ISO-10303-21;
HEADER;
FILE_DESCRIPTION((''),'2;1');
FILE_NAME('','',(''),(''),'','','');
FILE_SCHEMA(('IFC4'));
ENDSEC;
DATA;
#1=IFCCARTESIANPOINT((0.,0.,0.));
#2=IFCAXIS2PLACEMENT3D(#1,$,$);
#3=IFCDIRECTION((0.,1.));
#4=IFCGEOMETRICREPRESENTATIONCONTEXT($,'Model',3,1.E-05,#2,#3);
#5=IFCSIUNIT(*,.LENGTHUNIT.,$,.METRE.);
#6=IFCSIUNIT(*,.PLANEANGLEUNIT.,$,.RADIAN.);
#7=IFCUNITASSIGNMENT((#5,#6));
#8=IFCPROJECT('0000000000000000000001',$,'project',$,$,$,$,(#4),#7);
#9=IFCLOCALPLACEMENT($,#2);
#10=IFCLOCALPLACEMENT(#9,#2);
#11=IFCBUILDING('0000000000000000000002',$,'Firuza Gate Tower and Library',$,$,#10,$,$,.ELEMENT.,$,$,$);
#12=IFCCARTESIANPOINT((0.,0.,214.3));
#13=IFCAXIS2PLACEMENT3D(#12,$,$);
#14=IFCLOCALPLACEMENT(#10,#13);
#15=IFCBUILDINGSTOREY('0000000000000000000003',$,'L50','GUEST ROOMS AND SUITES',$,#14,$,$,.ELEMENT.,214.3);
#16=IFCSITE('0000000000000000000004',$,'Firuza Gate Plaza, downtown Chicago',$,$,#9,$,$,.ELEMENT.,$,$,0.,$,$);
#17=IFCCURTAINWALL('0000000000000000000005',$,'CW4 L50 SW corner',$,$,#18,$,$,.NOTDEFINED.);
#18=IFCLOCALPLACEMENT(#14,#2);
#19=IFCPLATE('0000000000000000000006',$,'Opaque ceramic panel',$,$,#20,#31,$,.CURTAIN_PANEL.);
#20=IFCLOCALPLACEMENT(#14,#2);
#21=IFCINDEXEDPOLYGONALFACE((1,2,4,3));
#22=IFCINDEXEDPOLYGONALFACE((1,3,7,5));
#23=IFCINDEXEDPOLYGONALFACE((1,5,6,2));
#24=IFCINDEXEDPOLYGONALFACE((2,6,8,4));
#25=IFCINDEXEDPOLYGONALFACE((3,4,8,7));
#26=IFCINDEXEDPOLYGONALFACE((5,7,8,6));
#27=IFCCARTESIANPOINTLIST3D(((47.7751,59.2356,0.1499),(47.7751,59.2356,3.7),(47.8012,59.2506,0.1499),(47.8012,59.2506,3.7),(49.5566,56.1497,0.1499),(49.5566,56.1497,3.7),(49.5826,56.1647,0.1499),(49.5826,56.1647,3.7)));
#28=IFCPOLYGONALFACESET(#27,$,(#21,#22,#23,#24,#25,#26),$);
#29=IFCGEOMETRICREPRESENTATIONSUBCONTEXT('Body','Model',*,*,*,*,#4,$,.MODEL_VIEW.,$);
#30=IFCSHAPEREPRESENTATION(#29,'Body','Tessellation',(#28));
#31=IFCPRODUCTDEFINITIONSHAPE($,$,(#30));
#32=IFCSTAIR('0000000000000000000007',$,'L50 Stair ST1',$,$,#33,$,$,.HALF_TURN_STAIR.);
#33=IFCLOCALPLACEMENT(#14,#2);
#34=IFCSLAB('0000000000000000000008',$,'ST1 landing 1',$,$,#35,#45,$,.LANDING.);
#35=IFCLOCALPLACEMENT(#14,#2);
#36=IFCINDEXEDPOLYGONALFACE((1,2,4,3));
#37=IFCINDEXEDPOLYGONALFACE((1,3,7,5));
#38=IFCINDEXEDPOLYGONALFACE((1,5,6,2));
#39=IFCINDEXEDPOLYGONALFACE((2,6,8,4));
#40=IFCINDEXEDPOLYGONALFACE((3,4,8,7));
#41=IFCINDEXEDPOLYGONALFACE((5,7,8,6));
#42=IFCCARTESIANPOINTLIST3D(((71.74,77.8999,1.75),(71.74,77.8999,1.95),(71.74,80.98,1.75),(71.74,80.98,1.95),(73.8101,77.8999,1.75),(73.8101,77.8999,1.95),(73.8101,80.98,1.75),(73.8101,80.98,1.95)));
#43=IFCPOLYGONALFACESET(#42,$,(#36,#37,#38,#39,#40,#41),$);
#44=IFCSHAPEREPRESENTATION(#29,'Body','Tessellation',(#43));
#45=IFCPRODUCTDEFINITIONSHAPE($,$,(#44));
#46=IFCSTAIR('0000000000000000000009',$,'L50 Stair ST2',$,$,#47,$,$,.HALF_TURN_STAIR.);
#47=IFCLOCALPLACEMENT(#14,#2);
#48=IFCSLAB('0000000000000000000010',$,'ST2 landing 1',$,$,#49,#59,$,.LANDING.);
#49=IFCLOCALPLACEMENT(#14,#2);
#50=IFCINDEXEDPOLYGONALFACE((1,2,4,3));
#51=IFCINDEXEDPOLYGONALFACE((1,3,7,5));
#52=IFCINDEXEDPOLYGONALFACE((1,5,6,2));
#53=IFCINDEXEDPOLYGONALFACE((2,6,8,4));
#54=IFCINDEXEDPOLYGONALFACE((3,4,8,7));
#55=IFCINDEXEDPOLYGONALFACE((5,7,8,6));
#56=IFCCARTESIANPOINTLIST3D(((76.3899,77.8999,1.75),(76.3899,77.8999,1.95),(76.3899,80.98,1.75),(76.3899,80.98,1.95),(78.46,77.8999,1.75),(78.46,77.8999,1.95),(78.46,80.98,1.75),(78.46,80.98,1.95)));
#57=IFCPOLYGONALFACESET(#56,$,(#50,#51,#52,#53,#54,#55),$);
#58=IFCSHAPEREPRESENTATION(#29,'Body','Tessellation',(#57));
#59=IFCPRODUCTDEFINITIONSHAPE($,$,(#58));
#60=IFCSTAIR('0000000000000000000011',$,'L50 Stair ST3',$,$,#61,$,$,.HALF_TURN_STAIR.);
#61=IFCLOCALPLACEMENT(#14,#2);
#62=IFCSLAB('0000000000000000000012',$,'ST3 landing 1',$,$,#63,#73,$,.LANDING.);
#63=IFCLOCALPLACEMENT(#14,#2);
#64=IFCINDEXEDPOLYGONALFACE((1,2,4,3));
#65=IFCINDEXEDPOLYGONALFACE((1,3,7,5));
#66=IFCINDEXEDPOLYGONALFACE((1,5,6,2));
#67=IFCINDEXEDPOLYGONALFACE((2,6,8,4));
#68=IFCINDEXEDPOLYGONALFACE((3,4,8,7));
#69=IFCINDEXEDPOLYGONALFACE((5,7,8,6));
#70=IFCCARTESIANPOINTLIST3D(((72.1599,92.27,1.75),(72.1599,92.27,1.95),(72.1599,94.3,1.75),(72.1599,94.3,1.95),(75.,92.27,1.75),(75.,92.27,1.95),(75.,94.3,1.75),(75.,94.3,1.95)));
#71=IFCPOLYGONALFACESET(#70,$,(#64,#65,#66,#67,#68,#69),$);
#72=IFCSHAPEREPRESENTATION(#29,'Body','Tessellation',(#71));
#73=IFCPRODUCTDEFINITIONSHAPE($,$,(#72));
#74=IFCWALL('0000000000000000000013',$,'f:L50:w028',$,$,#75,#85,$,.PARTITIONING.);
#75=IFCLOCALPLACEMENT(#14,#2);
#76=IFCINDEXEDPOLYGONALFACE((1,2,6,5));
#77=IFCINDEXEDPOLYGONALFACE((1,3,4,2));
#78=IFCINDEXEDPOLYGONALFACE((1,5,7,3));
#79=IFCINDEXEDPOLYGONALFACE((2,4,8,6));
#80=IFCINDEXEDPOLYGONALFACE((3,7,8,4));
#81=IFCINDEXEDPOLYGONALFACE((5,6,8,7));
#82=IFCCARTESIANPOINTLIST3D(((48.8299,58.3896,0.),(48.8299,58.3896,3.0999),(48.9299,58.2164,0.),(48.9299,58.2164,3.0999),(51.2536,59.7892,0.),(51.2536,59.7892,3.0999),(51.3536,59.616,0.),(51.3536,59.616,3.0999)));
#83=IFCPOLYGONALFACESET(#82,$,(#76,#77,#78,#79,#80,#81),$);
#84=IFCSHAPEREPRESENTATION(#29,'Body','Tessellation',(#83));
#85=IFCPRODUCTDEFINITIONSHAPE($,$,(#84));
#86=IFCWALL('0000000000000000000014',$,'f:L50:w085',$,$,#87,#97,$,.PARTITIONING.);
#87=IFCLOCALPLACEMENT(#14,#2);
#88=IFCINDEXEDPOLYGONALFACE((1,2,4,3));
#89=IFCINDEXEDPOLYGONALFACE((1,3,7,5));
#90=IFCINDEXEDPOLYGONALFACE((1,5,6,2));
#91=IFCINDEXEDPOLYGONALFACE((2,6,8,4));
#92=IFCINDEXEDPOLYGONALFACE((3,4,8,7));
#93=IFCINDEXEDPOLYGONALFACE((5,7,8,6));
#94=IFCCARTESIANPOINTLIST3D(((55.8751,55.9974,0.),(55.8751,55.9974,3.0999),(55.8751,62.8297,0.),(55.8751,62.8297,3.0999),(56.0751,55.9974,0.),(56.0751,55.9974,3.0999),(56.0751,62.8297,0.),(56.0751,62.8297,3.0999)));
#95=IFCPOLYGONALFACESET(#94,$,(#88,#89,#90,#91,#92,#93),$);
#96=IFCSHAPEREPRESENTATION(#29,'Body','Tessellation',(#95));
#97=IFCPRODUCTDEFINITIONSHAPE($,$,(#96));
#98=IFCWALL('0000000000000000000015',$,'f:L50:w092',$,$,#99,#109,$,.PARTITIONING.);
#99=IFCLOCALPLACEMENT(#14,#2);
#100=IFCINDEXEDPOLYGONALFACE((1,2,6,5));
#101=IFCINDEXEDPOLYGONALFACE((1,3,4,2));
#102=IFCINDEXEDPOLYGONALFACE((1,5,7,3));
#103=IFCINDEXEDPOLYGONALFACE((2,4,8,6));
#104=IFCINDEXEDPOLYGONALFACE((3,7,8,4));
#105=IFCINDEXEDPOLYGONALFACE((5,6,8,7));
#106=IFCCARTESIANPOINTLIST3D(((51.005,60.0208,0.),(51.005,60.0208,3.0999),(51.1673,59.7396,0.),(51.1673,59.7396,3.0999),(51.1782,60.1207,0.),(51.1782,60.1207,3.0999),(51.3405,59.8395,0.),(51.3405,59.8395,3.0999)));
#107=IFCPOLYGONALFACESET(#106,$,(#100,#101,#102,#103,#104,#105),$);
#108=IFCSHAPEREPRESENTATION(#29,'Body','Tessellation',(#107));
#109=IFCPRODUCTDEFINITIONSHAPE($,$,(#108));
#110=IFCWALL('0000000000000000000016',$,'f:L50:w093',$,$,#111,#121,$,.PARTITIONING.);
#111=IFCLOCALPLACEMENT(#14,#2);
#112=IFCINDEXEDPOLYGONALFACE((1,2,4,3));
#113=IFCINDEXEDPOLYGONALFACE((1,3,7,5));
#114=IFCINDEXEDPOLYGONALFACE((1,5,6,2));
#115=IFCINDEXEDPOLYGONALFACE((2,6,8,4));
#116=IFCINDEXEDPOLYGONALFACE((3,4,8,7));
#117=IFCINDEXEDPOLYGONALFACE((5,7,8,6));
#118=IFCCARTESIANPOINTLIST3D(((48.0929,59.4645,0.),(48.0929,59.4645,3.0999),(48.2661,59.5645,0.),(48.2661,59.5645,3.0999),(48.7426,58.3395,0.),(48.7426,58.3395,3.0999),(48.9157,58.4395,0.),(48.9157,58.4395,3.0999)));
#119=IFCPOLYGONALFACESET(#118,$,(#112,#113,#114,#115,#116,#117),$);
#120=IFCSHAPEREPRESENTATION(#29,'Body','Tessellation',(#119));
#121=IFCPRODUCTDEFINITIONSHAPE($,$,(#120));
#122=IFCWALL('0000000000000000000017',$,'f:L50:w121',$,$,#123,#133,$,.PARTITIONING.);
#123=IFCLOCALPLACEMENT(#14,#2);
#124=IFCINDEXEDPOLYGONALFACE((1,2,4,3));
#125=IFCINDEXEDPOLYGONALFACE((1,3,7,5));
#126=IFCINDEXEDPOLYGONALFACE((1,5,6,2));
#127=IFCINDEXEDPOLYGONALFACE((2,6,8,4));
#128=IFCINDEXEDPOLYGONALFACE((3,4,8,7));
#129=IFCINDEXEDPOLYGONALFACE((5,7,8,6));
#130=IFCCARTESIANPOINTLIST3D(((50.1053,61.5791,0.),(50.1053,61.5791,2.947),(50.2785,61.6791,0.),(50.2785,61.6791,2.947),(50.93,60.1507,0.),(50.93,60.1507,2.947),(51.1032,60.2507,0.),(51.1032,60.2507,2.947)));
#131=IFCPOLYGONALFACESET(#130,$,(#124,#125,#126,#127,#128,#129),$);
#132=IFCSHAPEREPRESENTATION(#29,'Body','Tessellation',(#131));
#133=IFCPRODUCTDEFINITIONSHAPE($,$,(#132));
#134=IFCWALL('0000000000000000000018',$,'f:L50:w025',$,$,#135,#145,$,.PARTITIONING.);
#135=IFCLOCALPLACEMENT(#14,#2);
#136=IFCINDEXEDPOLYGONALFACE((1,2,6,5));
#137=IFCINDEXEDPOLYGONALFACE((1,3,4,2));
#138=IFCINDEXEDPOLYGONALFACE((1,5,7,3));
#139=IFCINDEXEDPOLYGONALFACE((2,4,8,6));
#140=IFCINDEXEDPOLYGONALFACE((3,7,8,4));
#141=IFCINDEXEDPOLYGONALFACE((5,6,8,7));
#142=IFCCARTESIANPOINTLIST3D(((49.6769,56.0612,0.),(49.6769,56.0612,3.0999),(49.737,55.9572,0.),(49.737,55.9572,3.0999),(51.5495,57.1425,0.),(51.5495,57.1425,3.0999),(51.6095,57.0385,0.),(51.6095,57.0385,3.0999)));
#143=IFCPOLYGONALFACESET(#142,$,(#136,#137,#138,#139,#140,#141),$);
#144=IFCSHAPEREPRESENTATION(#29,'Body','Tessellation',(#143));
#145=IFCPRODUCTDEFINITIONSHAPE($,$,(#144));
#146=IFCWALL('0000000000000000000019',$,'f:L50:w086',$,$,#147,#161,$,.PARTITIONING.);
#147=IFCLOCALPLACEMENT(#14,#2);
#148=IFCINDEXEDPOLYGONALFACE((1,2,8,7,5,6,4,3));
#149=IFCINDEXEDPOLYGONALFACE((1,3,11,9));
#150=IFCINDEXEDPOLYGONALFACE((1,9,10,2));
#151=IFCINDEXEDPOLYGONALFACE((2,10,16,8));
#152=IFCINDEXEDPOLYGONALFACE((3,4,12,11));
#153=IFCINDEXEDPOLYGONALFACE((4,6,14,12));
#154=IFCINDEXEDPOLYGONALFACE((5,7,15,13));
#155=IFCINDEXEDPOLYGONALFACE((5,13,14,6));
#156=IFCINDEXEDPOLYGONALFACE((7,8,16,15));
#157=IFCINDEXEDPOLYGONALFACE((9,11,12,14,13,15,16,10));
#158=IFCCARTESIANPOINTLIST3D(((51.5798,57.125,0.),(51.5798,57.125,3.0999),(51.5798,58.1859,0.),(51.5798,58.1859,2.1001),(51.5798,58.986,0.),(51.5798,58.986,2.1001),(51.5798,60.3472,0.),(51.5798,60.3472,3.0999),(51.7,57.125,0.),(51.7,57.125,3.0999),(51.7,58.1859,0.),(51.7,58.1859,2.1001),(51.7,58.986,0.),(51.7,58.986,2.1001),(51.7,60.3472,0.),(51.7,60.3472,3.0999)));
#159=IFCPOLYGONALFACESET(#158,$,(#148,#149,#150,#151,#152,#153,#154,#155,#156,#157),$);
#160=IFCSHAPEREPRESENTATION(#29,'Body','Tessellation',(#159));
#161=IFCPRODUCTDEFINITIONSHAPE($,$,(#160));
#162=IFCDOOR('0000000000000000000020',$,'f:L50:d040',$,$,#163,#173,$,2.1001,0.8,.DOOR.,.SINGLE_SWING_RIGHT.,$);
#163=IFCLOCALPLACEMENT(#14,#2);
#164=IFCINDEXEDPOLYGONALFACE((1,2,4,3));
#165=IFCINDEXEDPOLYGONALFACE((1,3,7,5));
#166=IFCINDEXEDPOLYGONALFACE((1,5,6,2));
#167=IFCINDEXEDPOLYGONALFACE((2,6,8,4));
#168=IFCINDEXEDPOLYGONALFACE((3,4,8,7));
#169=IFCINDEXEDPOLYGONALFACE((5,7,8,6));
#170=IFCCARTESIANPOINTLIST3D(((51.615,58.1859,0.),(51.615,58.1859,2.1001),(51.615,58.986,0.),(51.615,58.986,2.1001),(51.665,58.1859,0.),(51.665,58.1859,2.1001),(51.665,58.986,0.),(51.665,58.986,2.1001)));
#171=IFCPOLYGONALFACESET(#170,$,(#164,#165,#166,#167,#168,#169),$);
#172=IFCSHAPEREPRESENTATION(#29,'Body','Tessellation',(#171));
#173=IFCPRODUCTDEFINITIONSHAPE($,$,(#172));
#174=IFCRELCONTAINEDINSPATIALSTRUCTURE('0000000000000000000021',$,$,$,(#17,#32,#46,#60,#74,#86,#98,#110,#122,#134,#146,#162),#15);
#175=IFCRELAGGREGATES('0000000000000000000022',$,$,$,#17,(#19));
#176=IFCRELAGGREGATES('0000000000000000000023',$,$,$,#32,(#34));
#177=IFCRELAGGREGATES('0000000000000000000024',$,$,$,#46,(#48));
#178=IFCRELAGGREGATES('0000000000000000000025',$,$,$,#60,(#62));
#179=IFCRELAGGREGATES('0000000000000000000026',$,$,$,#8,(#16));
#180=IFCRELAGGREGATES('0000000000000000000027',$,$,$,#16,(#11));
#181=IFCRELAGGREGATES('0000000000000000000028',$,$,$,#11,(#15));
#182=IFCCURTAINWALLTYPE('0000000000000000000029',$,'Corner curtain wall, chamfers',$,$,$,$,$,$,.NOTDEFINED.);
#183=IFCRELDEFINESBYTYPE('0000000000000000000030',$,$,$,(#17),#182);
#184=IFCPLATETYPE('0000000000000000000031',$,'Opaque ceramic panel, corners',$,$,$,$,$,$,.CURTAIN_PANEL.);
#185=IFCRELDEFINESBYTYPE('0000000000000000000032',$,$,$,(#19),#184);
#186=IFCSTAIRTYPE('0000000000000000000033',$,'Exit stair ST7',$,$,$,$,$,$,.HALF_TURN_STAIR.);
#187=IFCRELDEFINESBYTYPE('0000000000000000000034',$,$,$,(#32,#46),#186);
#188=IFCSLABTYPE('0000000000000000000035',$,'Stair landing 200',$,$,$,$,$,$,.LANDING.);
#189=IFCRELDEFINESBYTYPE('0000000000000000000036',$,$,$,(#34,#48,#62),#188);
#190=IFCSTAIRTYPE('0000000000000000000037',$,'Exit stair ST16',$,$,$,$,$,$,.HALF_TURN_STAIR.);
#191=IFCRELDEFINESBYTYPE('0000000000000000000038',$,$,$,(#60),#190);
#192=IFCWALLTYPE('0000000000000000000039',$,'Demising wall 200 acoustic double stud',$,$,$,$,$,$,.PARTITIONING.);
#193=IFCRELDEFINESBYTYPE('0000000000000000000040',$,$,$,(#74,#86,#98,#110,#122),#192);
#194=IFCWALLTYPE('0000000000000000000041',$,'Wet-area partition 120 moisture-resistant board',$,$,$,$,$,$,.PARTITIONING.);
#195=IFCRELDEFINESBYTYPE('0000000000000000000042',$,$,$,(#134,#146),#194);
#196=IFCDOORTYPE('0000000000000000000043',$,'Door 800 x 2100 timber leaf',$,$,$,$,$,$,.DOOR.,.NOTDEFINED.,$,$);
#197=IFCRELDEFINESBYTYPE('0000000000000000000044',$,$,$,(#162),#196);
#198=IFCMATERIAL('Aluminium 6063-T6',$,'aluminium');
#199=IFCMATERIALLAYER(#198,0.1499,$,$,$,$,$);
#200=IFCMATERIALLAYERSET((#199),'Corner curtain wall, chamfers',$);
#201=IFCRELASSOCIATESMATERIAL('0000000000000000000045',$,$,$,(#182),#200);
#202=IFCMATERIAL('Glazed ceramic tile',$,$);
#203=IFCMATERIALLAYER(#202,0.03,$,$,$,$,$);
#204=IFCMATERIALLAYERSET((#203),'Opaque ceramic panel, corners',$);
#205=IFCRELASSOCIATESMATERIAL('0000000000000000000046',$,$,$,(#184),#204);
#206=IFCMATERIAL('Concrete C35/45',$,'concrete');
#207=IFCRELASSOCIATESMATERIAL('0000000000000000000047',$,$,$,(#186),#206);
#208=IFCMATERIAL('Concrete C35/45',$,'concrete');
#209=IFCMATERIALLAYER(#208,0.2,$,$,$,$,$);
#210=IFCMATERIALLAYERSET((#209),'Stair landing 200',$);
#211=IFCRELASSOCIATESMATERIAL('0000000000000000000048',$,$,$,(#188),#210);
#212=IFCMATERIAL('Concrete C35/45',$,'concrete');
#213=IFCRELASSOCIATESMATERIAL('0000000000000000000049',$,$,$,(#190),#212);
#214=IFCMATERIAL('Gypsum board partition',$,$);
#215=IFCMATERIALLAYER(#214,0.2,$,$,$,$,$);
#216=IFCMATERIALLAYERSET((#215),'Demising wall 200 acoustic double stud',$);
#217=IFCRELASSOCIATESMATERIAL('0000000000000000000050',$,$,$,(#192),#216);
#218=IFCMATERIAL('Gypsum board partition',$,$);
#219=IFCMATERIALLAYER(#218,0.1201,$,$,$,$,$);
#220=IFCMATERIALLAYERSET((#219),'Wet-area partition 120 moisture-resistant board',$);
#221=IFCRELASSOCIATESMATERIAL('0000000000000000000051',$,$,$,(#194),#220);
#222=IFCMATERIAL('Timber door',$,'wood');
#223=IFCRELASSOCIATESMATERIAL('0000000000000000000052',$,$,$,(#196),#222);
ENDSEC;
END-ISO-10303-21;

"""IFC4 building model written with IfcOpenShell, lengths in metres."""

from ifc_helpers import new_model, si_unit, direction, frame, frame_2d, origin, place, context, subcontext, project, spatial, polyline, rectangle, outline, extrude, material, layer, layer_set, type_object, element, fill, aggregate, save


model = new_model("IFC4")

# Units and contexts
model_context = context("Model", 3, precision=1e-05, world=origin(), true_north=direction((0.0, 1.0)))
body_context = subcontext(model_context, "Body", "Model", "MODEL_VIEW")
ifc_project = project(units=[si_unit("LENGTHUNIT", "METRE"), si_unit("PLANEANGLEUNIT", "RADIAN")], contexts=[model_context])

# Site, building, storey
site_placement = place(None, origin())
site = spatial("IfcSite", under=ifc_project, at=site_placement, Name="Firuza Gate Plaza, downtown Chicago", CompositionType="ELEMENT", RefElevation=0.0)
building_placement = place(site_placement, origin())
building = spatial("IfcBuilding", under=site, at=building_placement, Name="Firuza Gate Tower and Library", CompositionType="ELEMENT")
storey_placement = place(building_placement, frame((0.0, 0.0, 214.3)))
storey = spatial("IfcBuildingStorey", under=building, at=storey_placement, Name="L50", Description="GUEST ROOMS AND SUITES", CompositionType="ELEMENT", Elevation=214.3)

# Curtain wall
ifc_material_1 = material(Name="Aluminium 6063-T6", Category="aluminium")
ifc_layer_1 = layer(ifc_material_1, 0.1499)
ifc_layer_set_1 = layer_set([ifc_layer_1], Name="Corner curtain wall, chamfers")
curtain_wall_type = type_object("IfcCurtainWallType", Name="Corner curtain wall, chamfers", PredefinedType="NOTDEFINED", material=ifc_layer_set_1)
placement_1 = place(storey_placement, origin())
curtain_wall = element("IfcCurtainWall", 1, at=placement_1, inside=storey, type_object=curtain_wall_type, Name="CW4 L50 SW corner", PredefinedType="NOTDEFINED")

# Plate
ifc_material_2 = material(Name="Glazed ceramic tile")
ifc_layer_2 = layer(ifc_material_2, 0.03)
ifc_layer_set_2 = layer_set([ifc_layer_2], Name="Opaque ceramic panel, corners")
plate_type = type_object("IfcPlateType", Name="Opaque ceramic panel, corners", PredefinedType="CURTAIN_PANEL", material=ifc_layer_set_2)
plate_placement = place(storey_placement, frame((47.7751, 59.2356, 0.1499), z_axis=(-0.866046, -0.499964, 0.0), x_axis=(0.499964, -0.866046, 0.0)))
plate = element("IfcPlate", 2, at=plate_placement, type_object=plate_type, Name="Opaque ceramic panel", PredefinedType="CURTAIN_PANEL", context=body_context, shape_type="SweptSolid", body=[
    extrude(outline(polyline([(0.0, 0.0), (3.5632, 0.0), (3.5632, 3.55), (0.0, 3.55), (0.0, 0.0)])), origin(), (0.0, 0.0, -1.0), 0.03),
])
aggregate(curtain_wall, [plate])

# Stairs, slabs
ifc_material_3 = material(Name="Concrete C35/45", Category="concrete")
stair_type_1 = type_object("IfcStairType", Name="Exit stair ST7", PredefinedType="HALF_TURN_STAIR", material=ifc_material_3)
stair_1 = element("IfcStair", 3, at=placement_1, inside=storey, type_object=stair_type_1, Name="L50 Stair ST1", PredefinedType="HALF_TURN_STAIR")
ifc_material_4 = material(Name="Concrete C35/45", Category="concrete")
ifc_layer_3 = layer(ifc_material_4, 0.2)
ifc_layer_set_3 = layer_set([ifc_layer_3], Name="Stair landing 200")
slab_type_1 = type_object("IfcSlabType", Name="Stair landing 200", PredefinedType="LANDING", material=ifc_layer_set_3)
placement_2 = place(storey_placement, frame((0.0, 0.0, 1.75)))
slab_1 = element("IfcSlab", 4, at=placement_2, type_object=slab_type_1, Name="ST1 landing 1", PredefinedType="LANDING", context=body_context, shape_type="SweptSolid", body=[
    extrude(outline(polyline([(71.74, 77.8999), (73.8101, 77.8999), (73.8101, 80.98), (71.74, 80.98), (71.74, 77.8999)])), origin(), (0.0, 0.0, 1.0), 0.2),
])
aggregate(stair_1, [slab_1])
stair_2 = element("IfcStair", 5, at=placement_1, inside=storey, type_object=stair_type_1, Name="L50 Stair ST2", PredefinedType="HALF_TURN_STAIR")
slab_2 = element("IfcSlab", 6, at=placement_2, type_object=slab_type_1, Name="ST2 landing 1", PredefinedType="LANDING", context=body_context, shape_type="SweptSolid", body=[
    extrude(outline(polyline([(78.46, 80.98), (76.3899, 80.98), (76.3899, 77.8999), (78.46, 77.8999), (78.46, 80.98)])), origin(), (0.0, 0.0, 1.0), 0.2),
])
aggregate(stair_2, [slab_2])
ifc_material_5 = material(Name="Concrete C35/45", Category="concrete")
stair_type_2 = type_object("IfcStairType", Name="Exit stair ST16", PredefinedType="HALF_TURN_STAIR", material=ifc_material_5)
stair_3 = element("IfcStair", 7, at=placement_1, inside=storey, type_object=stair_type_2, Name="L50 Stair ST3", PredefinedType="HALF_TURN_STAIR")
slab_3 = element("IfcSlab", 8, at=placement_2, type_object=slab_type_1, Name="ST3 landing 1", PredefinedType="LANDING", context=body_context, shape_type="SweptSolid", body=[
    extrude(outline(polyline([(75.0, 92.27), (75.0, 94.3), (72.1599, 94.3), (72.1599, 92.27), (75.0, 92.27)])), origin(), (0.0, 0.0, 1.0), 0.2),
])
aggregate(stair_3, [slab_3])

# Walls
ifc_material_6 = material(Name="Gypsum board partition")
ifc_layer_4 = layer(ifc_material_6, 0.2)
ifc_layer_set_4 = layer_set([ifc_layer_4], Name="Demising wall 200 acoustic double stud")
wall_type_1 = type_object("IfcWallType", Name="Demising wall 200 acoustic double stud", PredefinedType="PARTITIONING", material=ifc_layer_set_4)
wall_1_placement = place(storey_placement, frame((48.8799, 58.303, 0.0), z_axis=(0.0, 0.0, 1.0), x_axis=(0.865985, 0.50007, 0.0)))
element("IfcWall", 9, at=wall_1_placement, inside=storey, type_object=wall_type_1, Name="f:L50:w028", PredefinedType="PARTITIONING", context=body_context, shape_type="SweptSolid", body=[
    extrude(rectangle(XDim=2.7988, YDim=0.2, at=frame_2d((1.3994, 0.0))), origin(), (0.0, 0.0, 1.0), 3.0999),
])
wall_2_placement = place(storey_placement, frame((55.9751, 55.9976, 0.0), z_axis=(0.0, 0.0, 1.0), x_axis=(0.0, 1.0, 0.0)))
element("IfcWall", 10, at=wall_2_placement, inside=storey, type_object=wall_type_1, Name="f:L50:w085", PredefinedType="PARTITIONING", context=body_context, shape_type="SweptSolid", body=[
    extrude(rectangle(XDim=6.8323, YDim=0.2, at=frame_2d((3.416, 0.0))), origin(), (0.0, 0.0, 1.0), 3.0999),
])
wall_3_placement = place(storey_placement, frame((51.2539, 59.7896, 0.0), z_axis=(0.0, 0.0, 1.0), x_axis=(-0.499939, 0.86606, 0.0)))
element("IfcWall", 11, at=wall_3_placement, inside=storey, type_object=wall_type_1, Name="f:L50:w092", PredefinedType="PARTITIONING", context=body_context, shape_type="SweptSolid", body=[
    extrude(rectangle(XDim=0.3247, YDim=0.2, at=frame_2d((0.1624, 0.0))), origin(), (0.0, 0.0, 1.0), 3.0999),
])
wall_4_placement = place(storey_placement, frame((48.8291, 58.3896, 0.0), z_axis=(0.0, 0.0, 1.0), x_axis=(-0.50008, 0.865979, 0.0)))
element("IfcWall", 12, at=wall_4_placement, inside=storey, type_object=wall_type_1, Name="f:L50:w093", PredefinedType="PARTITIONING", context=body_context, shape_type="SweptSolid", body=[
    extrude(rectangle(XDim=1.2991, YDim=0.2, at=frame_2d((0.6494, 0.0))), origin(), (0.0, 0.0, 1.0), 3.0999),
])
wall_5_placement = place(storey_placement, frame((51.0166, 60.2007, 0.0), z_axis=(0.0, 0.0, 1.0), x_axis=(-0.499992, 0.86603, 0.0)))
element("IfcWall", 13, at=wall_5_placement, inside=storey, type_object=wall_type_1, Name="f:L50:w121", PredefinedType="PARTITIONING", context=body_context, shape_type="SweptSolid", body=[
    extrude(rectangle(XDim=1.6494, YDim=0.2, at=frame_2d((0.8247, 0.0))), origin(), (0.0, 0.0, 1.0), 2.947),
])
ifc_material_7 = material(Name="Gypsum board partition")
ifc_layer_5 = layer(ifc_material_7, 0.1201)
ifc_layer_set_5 = layer_set([ifc_layer_5], Name="Wet-area partition 120 moisture-resistant board")
wall_type_2 = type_object("IfcWallType", Name="Wet-area partition 120 moisture-resistant board", PredefinedType="PARTITIONING", material=ifc_layer_set_5)
wall_6_placement = place(storey_placement, frame((49.707, 56.0093, 0.0), z_axis=(0.0, 0.0, 1.0), x_axis=(0.86599, 0.500061, 0.0)))
element("IfcWall", 14, at=wall_6_placement, inside=storey, type_object=wall_type_2, Name="f:L50:w025", PredefinedType="PARTITIONING", context=body_context, shape_type="SweptSolid", body=[
    extrude(rectangle(XDim=2.1624, YDim=0.1201, at=frame_2d((1.0811, 0.0))), origin(), (0.0, 0.0, 1.0), 3.0999),
])

# Wall, opening, door
wall_7_placement = place(storey_placement, frame((51.6399, 57.125, 0.0), z_axis=(0.0, 0.0, 1.0), x_axis=(0.0, 1.0, 0.0)))
wall_7 = element("IfcWall", 15, at=wall_7_placement, inside=storey, type_object=wall_type_2, Name="f:L50:w086", PredefinedType="PARTITIONING", context=body_context, shape_type="SweptSolid", body=[
    extrude(rectangle(XDim=3.2222, YDim=0.1201, at=frame_2d((1.6111, 0.0))), origin(), (0.0, 0.0, 1.0), 3.0999),
])
opening_placement = place(wall_7_placement, frame((1.061, 0.0, 0.0)))
opening = element("IfcOpeningElement", 16, at=opening_placement, cuts=wall_7, PredefinedType="OPENING", context=body_context, shape_type="SweptSolid", body=[
    extrude(rectangle(XDim=0.8, YDim=2.1001, at=frame_2d((0.3999, 1.05))), frame((0.0, 0.0701, 0.0), z_axis=(0.0, -1.0, 0.0), x_axis=(1.0, 0.0, 0.0)), (0.0, 0.0, 1.0), 0.1401),
])
ifc_material_8 = material(Name="Timber door", Category="wood")
door_type = type_object("IfcDoorType", Name="Door 800 x 2100 timber leaf", OperationType="NOTDEFINED", PredefinedType="DOOR", material=ifc_material_8)
door_placement = place(opening_placement, origin())
door = element("IfcDoor", 17, at=door_placement, inside=storey, type_object=door_type, Name="f:L50:d040", OperationType="SINGLE_SWING_RIGHT", OverallHeight=2.1001, OverallWidth=0.8, PredefinedType="DOOR", context=body_context, shape_type="SweptSolid", body=[
    extrude(rectangle(XDim=0.8, YDim=2.1001, at=frame_2d((0.3999, 1.05))), frame((0.0, 0.0249, 0.0), z_axis=(0.0, -1.0, 0.0), x_axis=(1.0, 0.0, 0.0)), (0.0, 0.0, 1.0), 0.05),
])
fill(opening, door)

save(model, "model.ifc")
